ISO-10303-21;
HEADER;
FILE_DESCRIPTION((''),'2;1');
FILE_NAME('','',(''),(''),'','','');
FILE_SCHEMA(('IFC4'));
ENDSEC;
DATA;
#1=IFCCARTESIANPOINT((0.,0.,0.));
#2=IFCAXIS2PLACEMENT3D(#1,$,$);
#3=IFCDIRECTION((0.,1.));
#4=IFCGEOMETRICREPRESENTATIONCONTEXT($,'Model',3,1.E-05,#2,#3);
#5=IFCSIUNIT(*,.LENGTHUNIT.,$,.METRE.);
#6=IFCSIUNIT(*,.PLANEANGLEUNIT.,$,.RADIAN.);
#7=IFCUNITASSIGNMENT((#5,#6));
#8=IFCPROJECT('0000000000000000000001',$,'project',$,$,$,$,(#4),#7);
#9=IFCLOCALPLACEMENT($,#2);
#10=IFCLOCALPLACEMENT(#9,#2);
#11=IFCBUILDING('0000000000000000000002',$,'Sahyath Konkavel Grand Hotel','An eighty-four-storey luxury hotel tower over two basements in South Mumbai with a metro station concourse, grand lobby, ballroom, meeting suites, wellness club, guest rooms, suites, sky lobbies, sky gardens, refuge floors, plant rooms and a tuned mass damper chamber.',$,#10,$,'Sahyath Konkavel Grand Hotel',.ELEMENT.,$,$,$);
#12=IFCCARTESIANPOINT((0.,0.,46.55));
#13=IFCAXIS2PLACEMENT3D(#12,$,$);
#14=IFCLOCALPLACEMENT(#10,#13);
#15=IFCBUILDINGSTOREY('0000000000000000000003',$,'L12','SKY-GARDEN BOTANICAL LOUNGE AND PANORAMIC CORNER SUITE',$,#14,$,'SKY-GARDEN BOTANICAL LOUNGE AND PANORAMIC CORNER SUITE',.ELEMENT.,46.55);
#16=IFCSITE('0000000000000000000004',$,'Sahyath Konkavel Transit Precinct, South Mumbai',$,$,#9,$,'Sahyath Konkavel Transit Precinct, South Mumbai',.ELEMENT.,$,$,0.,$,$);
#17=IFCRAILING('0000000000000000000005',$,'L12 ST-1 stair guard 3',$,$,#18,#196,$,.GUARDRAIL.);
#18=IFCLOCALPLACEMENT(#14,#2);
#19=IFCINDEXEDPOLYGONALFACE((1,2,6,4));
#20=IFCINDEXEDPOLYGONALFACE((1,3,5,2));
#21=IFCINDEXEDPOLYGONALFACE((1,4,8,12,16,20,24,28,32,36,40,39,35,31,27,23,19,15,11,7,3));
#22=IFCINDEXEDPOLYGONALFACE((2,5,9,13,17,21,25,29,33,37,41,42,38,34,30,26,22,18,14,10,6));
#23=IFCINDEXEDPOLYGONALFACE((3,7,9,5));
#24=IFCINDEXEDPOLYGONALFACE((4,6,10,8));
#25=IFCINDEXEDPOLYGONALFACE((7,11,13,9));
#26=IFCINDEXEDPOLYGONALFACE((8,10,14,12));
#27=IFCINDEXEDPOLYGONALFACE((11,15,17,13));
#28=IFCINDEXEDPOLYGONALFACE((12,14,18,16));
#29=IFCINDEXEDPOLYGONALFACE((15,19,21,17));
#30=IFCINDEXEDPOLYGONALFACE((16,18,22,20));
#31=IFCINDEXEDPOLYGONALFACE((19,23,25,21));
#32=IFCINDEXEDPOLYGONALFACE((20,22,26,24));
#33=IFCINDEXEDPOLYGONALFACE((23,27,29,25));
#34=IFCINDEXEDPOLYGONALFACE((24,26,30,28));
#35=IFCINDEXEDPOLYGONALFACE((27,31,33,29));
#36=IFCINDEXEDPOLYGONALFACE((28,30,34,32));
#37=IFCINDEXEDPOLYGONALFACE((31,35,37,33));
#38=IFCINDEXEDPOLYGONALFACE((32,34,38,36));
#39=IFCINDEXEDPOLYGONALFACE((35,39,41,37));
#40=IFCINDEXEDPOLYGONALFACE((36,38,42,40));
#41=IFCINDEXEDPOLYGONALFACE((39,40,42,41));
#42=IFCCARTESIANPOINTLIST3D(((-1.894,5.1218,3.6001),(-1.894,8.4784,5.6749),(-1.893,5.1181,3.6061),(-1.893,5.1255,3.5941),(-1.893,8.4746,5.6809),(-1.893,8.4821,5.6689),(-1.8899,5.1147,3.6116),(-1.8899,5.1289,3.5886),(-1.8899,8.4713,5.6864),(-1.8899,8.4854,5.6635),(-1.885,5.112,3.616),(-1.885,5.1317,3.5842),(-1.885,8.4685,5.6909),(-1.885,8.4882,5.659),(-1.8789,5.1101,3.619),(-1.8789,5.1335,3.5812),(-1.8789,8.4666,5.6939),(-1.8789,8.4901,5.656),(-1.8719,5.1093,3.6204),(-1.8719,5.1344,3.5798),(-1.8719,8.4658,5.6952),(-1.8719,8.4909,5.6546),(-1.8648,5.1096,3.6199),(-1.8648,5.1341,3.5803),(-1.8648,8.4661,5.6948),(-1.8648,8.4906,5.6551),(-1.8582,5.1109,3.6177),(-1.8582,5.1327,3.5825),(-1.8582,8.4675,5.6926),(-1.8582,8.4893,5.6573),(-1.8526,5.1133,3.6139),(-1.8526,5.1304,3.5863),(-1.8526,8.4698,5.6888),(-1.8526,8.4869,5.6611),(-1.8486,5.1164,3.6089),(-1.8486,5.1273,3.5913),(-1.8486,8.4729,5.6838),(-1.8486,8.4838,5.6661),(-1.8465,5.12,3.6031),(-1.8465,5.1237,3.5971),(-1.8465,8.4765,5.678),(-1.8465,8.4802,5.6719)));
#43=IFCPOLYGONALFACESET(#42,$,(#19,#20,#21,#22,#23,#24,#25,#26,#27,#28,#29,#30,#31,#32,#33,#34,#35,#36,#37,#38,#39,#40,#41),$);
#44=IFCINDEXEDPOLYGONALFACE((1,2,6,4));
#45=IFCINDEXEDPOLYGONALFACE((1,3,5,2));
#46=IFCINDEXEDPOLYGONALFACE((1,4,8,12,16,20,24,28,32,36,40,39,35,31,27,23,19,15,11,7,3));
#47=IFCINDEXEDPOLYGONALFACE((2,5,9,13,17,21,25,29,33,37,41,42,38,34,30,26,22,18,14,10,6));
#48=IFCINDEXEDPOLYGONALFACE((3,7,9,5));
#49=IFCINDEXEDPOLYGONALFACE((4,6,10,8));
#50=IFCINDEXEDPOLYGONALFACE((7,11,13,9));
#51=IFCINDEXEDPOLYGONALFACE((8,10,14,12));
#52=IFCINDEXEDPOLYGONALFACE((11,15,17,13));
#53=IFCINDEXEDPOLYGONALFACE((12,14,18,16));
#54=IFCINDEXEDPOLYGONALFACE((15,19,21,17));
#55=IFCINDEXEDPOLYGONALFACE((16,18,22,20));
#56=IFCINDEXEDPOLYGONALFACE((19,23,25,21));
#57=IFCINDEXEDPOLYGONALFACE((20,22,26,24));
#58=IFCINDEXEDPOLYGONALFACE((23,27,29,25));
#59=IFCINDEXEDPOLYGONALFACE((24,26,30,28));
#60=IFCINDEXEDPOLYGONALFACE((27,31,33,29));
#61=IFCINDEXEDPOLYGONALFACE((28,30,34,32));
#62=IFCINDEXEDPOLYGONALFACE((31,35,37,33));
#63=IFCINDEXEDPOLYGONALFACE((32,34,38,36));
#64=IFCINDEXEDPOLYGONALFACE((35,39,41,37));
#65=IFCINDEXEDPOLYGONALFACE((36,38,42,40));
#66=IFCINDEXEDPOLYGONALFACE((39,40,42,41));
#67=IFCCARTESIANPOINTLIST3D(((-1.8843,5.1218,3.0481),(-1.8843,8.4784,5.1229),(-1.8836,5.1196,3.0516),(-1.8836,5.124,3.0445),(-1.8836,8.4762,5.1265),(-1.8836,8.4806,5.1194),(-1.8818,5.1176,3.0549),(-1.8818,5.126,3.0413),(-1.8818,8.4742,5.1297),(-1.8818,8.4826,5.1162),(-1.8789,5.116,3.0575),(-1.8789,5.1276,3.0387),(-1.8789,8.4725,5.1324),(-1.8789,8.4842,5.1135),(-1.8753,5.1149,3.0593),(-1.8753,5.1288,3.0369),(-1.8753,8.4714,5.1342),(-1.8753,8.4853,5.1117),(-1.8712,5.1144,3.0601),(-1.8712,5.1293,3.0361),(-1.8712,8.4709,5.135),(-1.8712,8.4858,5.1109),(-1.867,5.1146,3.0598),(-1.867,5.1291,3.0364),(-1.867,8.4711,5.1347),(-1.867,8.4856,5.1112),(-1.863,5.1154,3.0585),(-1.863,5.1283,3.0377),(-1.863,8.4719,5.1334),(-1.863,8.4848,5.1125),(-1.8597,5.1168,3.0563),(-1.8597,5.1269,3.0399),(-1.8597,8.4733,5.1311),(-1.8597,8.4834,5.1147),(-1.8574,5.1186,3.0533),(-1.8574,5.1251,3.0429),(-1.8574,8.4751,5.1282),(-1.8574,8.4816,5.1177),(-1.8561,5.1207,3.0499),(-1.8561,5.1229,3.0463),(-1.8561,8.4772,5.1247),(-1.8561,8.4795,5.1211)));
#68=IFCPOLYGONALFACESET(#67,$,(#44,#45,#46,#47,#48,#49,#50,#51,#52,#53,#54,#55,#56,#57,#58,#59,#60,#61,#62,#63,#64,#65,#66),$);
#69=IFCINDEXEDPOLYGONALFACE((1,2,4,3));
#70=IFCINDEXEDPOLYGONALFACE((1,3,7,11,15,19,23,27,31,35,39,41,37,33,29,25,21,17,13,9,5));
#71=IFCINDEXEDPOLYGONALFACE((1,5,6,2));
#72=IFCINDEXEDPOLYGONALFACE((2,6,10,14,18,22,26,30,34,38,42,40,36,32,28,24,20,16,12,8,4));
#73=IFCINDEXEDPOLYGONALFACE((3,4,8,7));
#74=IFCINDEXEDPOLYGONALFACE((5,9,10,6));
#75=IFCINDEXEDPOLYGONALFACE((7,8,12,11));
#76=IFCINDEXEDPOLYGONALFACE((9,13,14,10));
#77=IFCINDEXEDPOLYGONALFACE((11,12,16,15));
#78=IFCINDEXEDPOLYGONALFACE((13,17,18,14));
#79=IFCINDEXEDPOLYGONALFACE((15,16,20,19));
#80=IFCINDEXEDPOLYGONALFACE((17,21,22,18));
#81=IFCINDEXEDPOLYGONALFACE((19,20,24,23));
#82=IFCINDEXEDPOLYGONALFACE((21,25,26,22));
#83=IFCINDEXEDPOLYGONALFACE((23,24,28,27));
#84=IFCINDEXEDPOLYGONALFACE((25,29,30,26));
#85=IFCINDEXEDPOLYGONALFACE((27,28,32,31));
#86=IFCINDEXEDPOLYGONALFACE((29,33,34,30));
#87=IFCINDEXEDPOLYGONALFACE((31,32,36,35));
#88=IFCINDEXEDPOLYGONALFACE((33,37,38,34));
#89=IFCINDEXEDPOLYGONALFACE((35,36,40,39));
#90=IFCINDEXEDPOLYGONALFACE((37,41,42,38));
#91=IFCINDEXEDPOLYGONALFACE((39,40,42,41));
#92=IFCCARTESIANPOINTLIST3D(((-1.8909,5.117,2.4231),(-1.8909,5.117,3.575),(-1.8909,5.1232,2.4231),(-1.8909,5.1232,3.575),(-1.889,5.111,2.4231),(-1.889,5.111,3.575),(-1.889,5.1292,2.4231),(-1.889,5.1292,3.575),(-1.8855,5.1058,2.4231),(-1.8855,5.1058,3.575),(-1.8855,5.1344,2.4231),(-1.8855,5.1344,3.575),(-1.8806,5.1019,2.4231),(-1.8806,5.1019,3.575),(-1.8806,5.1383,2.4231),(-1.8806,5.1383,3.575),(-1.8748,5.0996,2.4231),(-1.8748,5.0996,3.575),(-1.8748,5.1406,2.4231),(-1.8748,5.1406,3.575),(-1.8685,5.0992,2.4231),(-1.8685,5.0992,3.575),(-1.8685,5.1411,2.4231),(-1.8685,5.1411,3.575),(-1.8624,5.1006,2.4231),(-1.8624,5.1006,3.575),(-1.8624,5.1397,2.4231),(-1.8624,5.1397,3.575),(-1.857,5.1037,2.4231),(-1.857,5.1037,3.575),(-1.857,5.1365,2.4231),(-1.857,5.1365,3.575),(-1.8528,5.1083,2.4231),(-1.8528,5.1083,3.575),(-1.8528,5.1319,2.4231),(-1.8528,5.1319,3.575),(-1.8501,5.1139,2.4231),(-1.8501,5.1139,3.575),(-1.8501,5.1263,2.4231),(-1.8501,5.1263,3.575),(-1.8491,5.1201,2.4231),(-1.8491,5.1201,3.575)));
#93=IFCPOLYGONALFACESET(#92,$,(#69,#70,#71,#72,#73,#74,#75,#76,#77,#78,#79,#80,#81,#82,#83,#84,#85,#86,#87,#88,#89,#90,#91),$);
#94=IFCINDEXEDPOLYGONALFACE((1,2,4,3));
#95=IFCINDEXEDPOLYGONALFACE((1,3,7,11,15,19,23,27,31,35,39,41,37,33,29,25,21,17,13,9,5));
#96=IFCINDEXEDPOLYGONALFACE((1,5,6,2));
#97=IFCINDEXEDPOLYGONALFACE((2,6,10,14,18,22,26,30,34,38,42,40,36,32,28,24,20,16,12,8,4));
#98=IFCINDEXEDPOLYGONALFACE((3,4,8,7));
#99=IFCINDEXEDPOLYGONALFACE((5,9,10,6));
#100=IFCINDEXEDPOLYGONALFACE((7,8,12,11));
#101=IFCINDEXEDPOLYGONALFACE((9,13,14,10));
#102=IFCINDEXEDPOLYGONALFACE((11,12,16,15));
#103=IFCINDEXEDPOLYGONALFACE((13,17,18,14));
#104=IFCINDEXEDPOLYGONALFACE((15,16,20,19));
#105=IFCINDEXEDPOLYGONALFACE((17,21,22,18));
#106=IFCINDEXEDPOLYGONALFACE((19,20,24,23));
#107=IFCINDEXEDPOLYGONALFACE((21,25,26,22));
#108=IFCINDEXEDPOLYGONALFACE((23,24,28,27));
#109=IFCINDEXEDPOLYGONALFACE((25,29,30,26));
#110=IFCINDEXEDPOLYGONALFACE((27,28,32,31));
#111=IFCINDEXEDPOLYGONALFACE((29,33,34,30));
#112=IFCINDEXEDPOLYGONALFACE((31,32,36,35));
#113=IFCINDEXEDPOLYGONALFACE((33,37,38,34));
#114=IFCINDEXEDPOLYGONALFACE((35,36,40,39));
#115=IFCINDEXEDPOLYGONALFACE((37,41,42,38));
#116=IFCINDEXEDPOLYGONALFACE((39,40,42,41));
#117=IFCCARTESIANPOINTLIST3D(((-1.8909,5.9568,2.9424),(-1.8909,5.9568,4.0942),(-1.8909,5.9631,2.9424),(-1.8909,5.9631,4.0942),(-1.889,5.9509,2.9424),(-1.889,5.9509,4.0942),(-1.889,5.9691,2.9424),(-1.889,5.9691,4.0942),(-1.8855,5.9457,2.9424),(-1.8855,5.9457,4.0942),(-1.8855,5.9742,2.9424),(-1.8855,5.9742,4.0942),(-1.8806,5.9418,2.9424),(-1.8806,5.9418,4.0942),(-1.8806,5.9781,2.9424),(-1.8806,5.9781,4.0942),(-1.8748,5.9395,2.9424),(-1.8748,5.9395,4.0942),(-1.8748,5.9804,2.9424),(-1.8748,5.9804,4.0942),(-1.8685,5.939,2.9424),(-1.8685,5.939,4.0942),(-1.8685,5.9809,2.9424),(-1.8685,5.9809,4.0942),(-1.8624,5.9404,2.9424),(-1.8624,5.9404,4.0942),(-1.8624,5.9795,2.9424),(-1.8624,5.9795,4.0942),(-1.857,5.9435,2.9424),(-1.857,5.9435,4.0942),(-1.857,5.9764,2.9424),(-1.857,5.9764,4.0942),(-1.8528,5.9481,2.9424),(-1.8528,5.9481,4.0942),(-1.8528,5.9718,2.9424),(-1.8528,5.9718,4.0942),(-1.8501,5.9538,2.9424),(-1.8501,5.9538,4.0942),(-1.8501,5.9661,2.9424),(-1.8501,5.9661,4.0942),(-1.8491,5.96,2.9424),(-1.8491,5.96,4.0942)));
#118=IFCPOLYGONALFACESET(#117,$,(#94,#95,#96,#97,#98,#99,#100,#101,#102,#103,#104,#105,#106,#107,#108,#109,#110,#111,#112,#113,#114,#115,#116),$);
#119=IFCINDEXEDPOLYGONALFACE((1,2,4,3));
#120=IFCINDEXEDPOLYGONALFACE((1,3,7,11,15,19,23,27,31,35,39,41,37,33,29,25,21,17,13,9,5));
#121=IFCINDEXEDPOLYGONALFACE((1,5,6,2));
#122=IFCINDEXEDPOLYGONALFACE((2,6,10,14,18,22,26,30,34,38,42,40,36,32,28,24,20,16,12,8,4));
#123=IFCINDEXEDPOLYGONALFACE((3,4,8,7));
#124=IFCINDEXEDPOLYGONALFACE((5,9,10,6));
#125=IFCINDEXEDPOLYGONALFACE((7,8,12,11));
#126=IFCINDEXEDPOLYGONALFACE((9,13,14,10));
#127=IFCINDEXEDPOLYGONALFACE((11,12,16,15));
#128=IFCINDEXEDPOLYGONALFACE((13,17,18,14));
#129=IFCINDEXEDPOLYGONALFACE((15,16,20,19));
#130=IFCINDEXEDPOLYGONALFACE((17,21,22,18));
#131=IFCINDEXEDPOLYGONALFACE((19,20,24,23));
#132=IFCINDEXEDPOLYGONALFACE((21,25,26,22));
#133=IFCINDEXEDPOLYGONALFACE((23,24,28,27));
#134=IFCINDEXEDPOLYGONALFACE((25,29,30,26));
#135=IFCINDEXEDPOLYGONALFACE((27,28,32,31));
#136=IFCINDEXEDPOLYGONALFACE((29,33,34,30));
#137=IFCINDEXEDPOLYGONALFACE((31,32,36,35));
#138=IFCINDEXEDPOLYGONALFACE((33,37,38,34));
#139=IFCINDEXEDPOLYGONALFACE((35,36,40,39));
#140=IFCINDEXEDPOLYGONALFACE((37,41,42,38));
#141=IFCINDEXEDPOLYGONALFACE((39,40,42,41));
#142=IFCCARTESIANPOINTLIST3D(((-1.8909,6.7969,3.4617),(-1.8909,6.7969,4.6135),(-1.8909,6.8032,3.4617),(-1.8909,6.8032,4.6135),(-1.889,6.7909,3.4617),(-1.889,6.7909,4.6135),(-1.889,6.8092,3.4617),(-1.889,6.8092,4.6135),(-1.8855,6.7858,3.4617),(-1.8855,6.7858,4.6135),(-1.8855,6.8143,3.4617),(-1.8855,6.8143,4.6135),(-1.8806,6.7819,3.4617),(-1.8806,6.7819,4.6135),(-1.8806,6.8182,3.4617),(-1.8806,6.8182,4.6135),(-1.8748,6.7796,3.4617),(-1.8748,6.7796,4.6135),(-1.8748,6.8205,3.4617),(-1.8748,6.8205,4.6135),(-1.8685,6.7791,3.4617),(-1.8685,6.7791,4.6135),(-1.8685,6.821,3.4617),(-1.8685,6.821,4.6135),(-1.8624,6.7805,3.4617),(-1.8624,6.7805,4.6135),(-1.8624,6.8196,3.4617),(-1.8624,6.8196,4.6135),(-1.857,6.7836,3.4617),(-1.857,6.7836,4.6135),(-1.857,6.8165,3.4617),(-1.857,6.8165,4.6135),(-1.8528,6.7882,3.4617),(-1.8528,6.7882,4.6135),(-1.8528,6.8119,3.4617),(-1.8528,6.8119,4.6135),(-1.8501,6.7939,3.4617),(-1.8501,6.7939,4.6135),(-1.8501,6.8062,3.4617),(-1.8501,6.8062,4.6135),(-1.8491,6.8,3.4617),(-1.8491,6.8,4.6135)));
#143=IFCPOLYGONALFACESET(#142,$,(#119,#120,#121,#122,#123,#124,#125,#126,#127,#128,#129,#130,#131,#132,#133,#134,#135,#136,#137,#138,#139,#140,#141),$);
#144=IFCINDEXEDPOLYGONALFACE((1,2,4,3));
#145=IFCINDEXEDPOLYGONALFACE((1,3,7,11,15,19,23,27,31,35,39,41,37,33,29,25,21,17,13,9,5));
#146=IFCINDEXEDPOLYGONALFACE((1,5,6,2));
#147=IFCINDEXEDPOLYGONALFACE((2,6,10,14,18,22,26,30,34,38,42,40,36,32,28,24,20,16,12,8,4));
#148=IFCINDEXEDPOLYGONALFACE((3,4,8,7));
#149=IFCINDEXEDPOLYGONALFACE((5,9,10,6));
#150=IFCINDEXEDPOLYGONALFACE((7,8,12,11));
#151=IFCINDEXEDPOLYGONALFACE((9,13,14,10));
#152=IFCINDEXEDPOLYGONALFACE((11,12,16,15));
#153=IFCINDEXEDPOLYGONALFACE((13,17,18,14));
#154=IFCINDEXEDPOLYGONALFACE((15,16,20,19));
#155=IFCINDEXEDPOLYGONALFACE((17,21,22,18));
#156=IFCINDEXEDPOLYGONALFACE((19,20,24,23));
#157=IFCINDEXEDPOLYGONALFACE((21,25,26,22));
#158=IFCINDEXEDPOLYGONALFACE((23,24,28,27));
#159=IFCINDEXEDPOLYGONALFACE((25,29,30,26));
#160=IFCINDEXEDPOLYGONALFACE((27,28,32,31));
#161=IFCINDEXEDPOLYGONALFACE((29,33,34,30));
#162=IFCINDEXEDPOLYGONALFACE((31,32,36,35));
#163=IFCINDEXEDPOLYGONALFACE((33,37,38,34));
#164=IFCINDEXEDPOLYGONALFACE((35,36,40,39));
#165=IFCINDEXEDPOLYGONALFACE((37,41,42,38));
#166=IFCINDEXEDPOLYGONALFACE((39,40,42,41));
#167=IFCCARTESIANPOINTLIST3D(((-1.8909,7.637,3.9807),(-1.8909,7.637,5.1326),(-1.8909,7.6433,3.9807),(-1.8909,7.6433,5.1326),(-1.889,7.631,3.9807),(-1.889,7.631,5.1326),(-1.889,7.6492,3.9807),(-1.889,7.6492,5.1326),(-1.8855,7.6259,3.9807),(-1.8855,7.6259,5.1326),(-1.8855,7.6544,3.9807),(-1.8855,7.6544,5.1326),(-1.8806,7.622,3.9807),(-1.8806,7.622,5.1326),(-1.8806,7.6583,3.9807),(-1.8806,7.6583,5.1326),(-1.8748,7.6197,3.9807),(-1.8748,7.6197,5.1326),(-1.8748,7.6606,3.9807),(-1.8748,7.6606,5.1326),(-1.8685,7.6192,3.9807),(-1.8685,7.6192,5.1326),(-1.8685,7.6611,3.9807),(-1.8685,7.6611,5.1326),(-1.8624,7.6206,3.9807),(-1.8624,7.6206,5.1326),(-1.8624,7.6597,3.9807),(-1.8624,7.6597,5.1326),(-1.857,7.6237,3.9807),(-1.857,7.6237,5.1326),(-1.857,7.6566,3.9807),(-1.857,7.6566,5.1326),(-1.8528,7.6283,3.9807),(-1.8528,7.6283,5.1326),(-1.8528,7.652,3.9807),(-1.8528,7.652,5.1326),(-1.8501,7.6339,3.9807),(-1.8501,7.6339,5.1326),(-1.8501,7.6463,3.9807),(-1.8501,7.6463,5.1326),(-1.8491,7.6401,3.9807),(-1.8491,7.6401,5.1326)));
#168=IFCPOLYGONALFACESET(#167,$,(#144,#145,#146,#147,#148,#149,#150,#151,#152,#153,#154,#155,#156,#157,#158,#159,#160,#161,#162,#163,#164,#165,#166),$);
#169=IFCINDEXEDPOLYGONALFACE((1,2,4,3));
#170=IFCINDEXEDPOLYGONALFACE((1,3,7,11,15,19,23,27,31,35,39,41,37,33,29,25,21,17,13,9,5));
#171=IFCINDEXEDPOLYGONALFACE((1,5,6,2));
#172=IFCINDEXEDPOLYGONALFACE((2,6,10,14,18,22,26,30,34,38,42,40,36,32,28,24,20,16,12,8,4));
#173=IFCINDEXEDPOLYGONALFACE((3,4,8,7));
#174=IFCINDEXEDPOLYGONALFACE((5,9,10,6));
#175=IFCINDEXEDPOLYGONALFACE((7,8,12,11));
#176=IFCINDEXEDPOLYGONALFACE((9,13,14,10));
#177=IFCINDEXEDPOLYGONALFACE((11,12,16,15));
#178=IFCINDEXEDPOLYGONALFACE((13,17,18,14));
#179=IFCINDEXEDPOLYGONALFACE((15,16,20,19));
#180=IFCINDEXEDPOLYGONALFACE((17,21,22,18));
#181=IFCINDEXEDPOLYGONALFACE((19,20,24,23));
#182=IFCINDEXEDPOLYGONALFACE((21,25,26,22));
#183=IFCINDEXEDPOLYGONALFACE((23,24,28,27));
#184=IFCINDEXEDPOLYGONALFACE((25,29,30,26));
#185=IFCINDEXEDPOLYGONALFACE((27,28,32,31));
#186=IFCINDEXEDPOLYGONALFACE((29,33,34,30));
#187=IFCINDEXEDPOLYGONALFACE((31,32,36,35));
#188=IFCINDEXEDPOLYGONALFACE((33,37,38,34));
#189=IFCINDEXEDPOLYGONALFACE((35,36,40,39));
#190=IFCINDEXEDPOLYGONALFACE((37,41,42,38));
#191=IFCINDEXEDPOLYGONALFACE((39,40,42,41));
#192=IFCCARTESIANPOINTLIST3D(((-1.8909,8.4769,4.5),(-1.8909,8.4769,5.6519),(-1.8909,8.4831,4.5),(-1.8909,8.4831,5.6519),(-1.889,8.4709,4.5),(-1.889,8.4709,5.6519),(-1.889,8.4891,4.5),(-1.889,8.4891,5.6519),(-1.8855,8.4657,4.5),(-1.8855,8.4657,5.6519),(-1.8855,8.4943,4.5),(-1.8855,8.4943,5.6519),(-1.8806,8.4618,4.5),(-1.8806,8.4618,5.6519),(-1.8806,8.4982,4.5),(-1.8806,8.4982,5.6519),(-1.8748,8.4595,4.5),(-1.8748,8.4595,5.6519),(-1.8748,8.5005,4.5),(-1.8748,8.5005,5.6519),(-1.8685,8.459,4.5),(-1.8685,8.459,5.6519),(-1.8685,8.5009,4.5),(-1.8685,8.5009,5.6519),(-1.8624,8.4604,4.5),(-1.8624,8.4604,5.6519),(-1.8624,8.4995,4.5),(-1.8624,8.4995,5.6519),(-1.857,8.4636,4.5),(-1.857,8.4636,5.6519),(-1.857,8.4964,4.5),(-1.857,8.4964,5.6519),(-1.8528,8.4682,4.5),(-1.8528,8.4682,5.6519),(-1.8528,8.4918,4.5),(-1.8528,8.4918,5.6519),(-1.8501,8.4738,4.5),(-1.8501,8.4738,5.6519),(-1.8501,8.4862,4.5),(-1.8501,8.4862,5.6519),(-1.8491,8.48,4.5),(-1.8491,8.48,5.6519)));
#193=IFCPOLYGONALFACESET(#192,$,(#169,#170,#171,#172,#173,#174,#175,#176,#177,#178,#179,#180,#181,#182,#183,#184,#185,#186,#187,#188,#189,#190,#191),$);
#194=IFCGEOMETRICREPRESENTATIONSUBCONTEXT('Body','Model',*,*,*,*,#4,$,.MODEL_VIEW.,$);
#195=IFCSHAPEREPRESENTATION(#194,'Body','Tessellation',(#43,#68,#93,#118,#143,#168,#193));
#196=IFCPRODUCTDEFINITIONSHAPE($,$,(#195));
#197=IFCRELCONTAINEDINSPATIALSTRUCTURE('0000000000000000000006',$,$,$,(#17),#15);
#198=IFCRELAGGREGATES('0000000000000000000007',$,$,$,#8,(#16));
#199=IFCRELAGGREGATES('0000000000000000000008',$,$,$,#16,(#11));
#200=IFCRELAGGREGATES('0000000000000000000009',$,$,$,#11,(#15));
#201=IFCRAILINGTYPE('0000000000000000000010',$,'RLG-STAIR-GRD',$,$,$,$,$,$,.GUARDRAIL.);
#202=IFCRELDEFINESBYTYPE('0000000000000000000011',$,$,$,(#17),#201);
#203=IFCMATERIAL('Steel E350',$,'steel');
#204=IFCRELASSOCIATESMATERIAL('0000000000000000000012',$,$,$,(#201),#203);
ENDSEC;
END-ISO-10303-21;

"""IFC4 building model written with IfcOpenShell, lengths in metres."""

from ifc_helpers import new_model, si_unit, direction, frame, origin, origin_2d, place, context, subcontext, project, spatial, circle, extrude, material, type_object, element, save


model = new_model("IFC4")

# Units and contexts
model_context = context("Model", 3, precision=1e-05, world=origin(), true_north=direction((0.0, 1.0)))
body_context = subcontext(model_context, "Body", "Model", "MODEL_VIEW")
ifc_project = project(units=[si_unit("LENGTHUNIT", "METRE"), si_unit("PLANEANGLEUNIT", "RADIAN")], contexts=[model_context])

# Site, building, storey
site_placement = place(None, origin())
site = spatial("IfcSite", under=ifc_project, at=site_placement, Name="Sahyath Konkavel Transit Precinct, South Mumbai", LongName="Sahyath Konkavel Transit Precinct, South Mumbai", CompositionType="ELEMENT", RefElevation=0.0)
building_placement = place(site_placement, origin())
building = spatial("IfcBuilding", under=site, at=building_placement, Name="Sahyath Konkavel Grand Hotel", Description="An eighty-four-storey luxury hotel tower over two basements in South Mumbai with a metro station concourse, grand lobby, ballroom, meeting suites, wellness club, guest rooms, suites, sky lobbies, sky gardens, refuge floors, plant rooms and a tuned mass damper chamber.", LongName="Sahyath Konkavel Grand Hotel", CompositionType="ELEMENT")
storey_placement = place(building_placement, frame((0.0, 0.0, 46.55)))
storey = spatial("IfcBuildingStorey", under=building, at=storey_placement, Name="L12", Description="SKY-GARDEN BOTANICAL LOUNGE AND PANORAMIC CORNER SUITE", LongName="SKY-GARDEN BOTANICAL LOUNGE AND PANORAMIC CORNER SUITE", CompositionType="ELEMENT", Elevation=46.55)

# Shared definitions
ifc_material_1 = material(Name="Steel E350", Category="steel")

# Railing
railing_type_1 = type_object("IfcRailingType", Name="RLG-STAIR-GRD", PredefinedType="GUARDRAIL", material=ifc_material_1)
railing_1_placement = place(storey_placement, frame((-1.8701, 5.1201, 2.4231)))
element("IfcRailing", 1, at=railing_1_placement, inside=storey, type_object=railing_type_1, Name="L12 ST-1 stair guard 3", PredefinedType="GUARDRAIL", context=body_context, shape_type="SweptSolid", body=[
    extrude(circle(Radius=0.0239, at=origin_2d()), frame((0.0, 0.0017, 1.177), z_axis=(0.0, 0.850606, 0.525803), x_axis=(-1.0, 0.0, 0.0)), (0.0, 0.0, 1.0), 3.946),
    extrude(circle(Radius=0.0142, at=origin_2d()), frame((0.0, 0.0017, 0.625), z_axis=(0.0, 0.850606, 0.525803), x_axis=(-1.0, 0.0, 0.0)), (0.0, 0.0, 1.0), 3.946),
    extrude(circle(Radius=0.021, at=origin_2d()), origin(), (0.0, 0.0, 1.0), 1.1519),
    extrude(circle(Radius=0.021, at=origin_2d()), frame((0.0, 0.8398, 0.5193)), (0.0, 0.0, 1.0), 1.1519),
    extrude(circle(Radius=0.021, at=origin_2d()), frame((0.0, 1.6799, 1.0386)), (0.0, 0.0, 1.0), 1.1519),
    extrude(circle(Radius=0.021, at=origin_2d()), frame((0.0, 2.52, 1.5576)), (0.0, 0.0, 1.0), 1.1519),
    extrude(circle(Radius=0.021, at=origin_2d()), frame((0.0, 3.3599, 2.0769)), (0.0, 0.0, 1.0), 1.1519),
])

save(model, "model.ifc")
